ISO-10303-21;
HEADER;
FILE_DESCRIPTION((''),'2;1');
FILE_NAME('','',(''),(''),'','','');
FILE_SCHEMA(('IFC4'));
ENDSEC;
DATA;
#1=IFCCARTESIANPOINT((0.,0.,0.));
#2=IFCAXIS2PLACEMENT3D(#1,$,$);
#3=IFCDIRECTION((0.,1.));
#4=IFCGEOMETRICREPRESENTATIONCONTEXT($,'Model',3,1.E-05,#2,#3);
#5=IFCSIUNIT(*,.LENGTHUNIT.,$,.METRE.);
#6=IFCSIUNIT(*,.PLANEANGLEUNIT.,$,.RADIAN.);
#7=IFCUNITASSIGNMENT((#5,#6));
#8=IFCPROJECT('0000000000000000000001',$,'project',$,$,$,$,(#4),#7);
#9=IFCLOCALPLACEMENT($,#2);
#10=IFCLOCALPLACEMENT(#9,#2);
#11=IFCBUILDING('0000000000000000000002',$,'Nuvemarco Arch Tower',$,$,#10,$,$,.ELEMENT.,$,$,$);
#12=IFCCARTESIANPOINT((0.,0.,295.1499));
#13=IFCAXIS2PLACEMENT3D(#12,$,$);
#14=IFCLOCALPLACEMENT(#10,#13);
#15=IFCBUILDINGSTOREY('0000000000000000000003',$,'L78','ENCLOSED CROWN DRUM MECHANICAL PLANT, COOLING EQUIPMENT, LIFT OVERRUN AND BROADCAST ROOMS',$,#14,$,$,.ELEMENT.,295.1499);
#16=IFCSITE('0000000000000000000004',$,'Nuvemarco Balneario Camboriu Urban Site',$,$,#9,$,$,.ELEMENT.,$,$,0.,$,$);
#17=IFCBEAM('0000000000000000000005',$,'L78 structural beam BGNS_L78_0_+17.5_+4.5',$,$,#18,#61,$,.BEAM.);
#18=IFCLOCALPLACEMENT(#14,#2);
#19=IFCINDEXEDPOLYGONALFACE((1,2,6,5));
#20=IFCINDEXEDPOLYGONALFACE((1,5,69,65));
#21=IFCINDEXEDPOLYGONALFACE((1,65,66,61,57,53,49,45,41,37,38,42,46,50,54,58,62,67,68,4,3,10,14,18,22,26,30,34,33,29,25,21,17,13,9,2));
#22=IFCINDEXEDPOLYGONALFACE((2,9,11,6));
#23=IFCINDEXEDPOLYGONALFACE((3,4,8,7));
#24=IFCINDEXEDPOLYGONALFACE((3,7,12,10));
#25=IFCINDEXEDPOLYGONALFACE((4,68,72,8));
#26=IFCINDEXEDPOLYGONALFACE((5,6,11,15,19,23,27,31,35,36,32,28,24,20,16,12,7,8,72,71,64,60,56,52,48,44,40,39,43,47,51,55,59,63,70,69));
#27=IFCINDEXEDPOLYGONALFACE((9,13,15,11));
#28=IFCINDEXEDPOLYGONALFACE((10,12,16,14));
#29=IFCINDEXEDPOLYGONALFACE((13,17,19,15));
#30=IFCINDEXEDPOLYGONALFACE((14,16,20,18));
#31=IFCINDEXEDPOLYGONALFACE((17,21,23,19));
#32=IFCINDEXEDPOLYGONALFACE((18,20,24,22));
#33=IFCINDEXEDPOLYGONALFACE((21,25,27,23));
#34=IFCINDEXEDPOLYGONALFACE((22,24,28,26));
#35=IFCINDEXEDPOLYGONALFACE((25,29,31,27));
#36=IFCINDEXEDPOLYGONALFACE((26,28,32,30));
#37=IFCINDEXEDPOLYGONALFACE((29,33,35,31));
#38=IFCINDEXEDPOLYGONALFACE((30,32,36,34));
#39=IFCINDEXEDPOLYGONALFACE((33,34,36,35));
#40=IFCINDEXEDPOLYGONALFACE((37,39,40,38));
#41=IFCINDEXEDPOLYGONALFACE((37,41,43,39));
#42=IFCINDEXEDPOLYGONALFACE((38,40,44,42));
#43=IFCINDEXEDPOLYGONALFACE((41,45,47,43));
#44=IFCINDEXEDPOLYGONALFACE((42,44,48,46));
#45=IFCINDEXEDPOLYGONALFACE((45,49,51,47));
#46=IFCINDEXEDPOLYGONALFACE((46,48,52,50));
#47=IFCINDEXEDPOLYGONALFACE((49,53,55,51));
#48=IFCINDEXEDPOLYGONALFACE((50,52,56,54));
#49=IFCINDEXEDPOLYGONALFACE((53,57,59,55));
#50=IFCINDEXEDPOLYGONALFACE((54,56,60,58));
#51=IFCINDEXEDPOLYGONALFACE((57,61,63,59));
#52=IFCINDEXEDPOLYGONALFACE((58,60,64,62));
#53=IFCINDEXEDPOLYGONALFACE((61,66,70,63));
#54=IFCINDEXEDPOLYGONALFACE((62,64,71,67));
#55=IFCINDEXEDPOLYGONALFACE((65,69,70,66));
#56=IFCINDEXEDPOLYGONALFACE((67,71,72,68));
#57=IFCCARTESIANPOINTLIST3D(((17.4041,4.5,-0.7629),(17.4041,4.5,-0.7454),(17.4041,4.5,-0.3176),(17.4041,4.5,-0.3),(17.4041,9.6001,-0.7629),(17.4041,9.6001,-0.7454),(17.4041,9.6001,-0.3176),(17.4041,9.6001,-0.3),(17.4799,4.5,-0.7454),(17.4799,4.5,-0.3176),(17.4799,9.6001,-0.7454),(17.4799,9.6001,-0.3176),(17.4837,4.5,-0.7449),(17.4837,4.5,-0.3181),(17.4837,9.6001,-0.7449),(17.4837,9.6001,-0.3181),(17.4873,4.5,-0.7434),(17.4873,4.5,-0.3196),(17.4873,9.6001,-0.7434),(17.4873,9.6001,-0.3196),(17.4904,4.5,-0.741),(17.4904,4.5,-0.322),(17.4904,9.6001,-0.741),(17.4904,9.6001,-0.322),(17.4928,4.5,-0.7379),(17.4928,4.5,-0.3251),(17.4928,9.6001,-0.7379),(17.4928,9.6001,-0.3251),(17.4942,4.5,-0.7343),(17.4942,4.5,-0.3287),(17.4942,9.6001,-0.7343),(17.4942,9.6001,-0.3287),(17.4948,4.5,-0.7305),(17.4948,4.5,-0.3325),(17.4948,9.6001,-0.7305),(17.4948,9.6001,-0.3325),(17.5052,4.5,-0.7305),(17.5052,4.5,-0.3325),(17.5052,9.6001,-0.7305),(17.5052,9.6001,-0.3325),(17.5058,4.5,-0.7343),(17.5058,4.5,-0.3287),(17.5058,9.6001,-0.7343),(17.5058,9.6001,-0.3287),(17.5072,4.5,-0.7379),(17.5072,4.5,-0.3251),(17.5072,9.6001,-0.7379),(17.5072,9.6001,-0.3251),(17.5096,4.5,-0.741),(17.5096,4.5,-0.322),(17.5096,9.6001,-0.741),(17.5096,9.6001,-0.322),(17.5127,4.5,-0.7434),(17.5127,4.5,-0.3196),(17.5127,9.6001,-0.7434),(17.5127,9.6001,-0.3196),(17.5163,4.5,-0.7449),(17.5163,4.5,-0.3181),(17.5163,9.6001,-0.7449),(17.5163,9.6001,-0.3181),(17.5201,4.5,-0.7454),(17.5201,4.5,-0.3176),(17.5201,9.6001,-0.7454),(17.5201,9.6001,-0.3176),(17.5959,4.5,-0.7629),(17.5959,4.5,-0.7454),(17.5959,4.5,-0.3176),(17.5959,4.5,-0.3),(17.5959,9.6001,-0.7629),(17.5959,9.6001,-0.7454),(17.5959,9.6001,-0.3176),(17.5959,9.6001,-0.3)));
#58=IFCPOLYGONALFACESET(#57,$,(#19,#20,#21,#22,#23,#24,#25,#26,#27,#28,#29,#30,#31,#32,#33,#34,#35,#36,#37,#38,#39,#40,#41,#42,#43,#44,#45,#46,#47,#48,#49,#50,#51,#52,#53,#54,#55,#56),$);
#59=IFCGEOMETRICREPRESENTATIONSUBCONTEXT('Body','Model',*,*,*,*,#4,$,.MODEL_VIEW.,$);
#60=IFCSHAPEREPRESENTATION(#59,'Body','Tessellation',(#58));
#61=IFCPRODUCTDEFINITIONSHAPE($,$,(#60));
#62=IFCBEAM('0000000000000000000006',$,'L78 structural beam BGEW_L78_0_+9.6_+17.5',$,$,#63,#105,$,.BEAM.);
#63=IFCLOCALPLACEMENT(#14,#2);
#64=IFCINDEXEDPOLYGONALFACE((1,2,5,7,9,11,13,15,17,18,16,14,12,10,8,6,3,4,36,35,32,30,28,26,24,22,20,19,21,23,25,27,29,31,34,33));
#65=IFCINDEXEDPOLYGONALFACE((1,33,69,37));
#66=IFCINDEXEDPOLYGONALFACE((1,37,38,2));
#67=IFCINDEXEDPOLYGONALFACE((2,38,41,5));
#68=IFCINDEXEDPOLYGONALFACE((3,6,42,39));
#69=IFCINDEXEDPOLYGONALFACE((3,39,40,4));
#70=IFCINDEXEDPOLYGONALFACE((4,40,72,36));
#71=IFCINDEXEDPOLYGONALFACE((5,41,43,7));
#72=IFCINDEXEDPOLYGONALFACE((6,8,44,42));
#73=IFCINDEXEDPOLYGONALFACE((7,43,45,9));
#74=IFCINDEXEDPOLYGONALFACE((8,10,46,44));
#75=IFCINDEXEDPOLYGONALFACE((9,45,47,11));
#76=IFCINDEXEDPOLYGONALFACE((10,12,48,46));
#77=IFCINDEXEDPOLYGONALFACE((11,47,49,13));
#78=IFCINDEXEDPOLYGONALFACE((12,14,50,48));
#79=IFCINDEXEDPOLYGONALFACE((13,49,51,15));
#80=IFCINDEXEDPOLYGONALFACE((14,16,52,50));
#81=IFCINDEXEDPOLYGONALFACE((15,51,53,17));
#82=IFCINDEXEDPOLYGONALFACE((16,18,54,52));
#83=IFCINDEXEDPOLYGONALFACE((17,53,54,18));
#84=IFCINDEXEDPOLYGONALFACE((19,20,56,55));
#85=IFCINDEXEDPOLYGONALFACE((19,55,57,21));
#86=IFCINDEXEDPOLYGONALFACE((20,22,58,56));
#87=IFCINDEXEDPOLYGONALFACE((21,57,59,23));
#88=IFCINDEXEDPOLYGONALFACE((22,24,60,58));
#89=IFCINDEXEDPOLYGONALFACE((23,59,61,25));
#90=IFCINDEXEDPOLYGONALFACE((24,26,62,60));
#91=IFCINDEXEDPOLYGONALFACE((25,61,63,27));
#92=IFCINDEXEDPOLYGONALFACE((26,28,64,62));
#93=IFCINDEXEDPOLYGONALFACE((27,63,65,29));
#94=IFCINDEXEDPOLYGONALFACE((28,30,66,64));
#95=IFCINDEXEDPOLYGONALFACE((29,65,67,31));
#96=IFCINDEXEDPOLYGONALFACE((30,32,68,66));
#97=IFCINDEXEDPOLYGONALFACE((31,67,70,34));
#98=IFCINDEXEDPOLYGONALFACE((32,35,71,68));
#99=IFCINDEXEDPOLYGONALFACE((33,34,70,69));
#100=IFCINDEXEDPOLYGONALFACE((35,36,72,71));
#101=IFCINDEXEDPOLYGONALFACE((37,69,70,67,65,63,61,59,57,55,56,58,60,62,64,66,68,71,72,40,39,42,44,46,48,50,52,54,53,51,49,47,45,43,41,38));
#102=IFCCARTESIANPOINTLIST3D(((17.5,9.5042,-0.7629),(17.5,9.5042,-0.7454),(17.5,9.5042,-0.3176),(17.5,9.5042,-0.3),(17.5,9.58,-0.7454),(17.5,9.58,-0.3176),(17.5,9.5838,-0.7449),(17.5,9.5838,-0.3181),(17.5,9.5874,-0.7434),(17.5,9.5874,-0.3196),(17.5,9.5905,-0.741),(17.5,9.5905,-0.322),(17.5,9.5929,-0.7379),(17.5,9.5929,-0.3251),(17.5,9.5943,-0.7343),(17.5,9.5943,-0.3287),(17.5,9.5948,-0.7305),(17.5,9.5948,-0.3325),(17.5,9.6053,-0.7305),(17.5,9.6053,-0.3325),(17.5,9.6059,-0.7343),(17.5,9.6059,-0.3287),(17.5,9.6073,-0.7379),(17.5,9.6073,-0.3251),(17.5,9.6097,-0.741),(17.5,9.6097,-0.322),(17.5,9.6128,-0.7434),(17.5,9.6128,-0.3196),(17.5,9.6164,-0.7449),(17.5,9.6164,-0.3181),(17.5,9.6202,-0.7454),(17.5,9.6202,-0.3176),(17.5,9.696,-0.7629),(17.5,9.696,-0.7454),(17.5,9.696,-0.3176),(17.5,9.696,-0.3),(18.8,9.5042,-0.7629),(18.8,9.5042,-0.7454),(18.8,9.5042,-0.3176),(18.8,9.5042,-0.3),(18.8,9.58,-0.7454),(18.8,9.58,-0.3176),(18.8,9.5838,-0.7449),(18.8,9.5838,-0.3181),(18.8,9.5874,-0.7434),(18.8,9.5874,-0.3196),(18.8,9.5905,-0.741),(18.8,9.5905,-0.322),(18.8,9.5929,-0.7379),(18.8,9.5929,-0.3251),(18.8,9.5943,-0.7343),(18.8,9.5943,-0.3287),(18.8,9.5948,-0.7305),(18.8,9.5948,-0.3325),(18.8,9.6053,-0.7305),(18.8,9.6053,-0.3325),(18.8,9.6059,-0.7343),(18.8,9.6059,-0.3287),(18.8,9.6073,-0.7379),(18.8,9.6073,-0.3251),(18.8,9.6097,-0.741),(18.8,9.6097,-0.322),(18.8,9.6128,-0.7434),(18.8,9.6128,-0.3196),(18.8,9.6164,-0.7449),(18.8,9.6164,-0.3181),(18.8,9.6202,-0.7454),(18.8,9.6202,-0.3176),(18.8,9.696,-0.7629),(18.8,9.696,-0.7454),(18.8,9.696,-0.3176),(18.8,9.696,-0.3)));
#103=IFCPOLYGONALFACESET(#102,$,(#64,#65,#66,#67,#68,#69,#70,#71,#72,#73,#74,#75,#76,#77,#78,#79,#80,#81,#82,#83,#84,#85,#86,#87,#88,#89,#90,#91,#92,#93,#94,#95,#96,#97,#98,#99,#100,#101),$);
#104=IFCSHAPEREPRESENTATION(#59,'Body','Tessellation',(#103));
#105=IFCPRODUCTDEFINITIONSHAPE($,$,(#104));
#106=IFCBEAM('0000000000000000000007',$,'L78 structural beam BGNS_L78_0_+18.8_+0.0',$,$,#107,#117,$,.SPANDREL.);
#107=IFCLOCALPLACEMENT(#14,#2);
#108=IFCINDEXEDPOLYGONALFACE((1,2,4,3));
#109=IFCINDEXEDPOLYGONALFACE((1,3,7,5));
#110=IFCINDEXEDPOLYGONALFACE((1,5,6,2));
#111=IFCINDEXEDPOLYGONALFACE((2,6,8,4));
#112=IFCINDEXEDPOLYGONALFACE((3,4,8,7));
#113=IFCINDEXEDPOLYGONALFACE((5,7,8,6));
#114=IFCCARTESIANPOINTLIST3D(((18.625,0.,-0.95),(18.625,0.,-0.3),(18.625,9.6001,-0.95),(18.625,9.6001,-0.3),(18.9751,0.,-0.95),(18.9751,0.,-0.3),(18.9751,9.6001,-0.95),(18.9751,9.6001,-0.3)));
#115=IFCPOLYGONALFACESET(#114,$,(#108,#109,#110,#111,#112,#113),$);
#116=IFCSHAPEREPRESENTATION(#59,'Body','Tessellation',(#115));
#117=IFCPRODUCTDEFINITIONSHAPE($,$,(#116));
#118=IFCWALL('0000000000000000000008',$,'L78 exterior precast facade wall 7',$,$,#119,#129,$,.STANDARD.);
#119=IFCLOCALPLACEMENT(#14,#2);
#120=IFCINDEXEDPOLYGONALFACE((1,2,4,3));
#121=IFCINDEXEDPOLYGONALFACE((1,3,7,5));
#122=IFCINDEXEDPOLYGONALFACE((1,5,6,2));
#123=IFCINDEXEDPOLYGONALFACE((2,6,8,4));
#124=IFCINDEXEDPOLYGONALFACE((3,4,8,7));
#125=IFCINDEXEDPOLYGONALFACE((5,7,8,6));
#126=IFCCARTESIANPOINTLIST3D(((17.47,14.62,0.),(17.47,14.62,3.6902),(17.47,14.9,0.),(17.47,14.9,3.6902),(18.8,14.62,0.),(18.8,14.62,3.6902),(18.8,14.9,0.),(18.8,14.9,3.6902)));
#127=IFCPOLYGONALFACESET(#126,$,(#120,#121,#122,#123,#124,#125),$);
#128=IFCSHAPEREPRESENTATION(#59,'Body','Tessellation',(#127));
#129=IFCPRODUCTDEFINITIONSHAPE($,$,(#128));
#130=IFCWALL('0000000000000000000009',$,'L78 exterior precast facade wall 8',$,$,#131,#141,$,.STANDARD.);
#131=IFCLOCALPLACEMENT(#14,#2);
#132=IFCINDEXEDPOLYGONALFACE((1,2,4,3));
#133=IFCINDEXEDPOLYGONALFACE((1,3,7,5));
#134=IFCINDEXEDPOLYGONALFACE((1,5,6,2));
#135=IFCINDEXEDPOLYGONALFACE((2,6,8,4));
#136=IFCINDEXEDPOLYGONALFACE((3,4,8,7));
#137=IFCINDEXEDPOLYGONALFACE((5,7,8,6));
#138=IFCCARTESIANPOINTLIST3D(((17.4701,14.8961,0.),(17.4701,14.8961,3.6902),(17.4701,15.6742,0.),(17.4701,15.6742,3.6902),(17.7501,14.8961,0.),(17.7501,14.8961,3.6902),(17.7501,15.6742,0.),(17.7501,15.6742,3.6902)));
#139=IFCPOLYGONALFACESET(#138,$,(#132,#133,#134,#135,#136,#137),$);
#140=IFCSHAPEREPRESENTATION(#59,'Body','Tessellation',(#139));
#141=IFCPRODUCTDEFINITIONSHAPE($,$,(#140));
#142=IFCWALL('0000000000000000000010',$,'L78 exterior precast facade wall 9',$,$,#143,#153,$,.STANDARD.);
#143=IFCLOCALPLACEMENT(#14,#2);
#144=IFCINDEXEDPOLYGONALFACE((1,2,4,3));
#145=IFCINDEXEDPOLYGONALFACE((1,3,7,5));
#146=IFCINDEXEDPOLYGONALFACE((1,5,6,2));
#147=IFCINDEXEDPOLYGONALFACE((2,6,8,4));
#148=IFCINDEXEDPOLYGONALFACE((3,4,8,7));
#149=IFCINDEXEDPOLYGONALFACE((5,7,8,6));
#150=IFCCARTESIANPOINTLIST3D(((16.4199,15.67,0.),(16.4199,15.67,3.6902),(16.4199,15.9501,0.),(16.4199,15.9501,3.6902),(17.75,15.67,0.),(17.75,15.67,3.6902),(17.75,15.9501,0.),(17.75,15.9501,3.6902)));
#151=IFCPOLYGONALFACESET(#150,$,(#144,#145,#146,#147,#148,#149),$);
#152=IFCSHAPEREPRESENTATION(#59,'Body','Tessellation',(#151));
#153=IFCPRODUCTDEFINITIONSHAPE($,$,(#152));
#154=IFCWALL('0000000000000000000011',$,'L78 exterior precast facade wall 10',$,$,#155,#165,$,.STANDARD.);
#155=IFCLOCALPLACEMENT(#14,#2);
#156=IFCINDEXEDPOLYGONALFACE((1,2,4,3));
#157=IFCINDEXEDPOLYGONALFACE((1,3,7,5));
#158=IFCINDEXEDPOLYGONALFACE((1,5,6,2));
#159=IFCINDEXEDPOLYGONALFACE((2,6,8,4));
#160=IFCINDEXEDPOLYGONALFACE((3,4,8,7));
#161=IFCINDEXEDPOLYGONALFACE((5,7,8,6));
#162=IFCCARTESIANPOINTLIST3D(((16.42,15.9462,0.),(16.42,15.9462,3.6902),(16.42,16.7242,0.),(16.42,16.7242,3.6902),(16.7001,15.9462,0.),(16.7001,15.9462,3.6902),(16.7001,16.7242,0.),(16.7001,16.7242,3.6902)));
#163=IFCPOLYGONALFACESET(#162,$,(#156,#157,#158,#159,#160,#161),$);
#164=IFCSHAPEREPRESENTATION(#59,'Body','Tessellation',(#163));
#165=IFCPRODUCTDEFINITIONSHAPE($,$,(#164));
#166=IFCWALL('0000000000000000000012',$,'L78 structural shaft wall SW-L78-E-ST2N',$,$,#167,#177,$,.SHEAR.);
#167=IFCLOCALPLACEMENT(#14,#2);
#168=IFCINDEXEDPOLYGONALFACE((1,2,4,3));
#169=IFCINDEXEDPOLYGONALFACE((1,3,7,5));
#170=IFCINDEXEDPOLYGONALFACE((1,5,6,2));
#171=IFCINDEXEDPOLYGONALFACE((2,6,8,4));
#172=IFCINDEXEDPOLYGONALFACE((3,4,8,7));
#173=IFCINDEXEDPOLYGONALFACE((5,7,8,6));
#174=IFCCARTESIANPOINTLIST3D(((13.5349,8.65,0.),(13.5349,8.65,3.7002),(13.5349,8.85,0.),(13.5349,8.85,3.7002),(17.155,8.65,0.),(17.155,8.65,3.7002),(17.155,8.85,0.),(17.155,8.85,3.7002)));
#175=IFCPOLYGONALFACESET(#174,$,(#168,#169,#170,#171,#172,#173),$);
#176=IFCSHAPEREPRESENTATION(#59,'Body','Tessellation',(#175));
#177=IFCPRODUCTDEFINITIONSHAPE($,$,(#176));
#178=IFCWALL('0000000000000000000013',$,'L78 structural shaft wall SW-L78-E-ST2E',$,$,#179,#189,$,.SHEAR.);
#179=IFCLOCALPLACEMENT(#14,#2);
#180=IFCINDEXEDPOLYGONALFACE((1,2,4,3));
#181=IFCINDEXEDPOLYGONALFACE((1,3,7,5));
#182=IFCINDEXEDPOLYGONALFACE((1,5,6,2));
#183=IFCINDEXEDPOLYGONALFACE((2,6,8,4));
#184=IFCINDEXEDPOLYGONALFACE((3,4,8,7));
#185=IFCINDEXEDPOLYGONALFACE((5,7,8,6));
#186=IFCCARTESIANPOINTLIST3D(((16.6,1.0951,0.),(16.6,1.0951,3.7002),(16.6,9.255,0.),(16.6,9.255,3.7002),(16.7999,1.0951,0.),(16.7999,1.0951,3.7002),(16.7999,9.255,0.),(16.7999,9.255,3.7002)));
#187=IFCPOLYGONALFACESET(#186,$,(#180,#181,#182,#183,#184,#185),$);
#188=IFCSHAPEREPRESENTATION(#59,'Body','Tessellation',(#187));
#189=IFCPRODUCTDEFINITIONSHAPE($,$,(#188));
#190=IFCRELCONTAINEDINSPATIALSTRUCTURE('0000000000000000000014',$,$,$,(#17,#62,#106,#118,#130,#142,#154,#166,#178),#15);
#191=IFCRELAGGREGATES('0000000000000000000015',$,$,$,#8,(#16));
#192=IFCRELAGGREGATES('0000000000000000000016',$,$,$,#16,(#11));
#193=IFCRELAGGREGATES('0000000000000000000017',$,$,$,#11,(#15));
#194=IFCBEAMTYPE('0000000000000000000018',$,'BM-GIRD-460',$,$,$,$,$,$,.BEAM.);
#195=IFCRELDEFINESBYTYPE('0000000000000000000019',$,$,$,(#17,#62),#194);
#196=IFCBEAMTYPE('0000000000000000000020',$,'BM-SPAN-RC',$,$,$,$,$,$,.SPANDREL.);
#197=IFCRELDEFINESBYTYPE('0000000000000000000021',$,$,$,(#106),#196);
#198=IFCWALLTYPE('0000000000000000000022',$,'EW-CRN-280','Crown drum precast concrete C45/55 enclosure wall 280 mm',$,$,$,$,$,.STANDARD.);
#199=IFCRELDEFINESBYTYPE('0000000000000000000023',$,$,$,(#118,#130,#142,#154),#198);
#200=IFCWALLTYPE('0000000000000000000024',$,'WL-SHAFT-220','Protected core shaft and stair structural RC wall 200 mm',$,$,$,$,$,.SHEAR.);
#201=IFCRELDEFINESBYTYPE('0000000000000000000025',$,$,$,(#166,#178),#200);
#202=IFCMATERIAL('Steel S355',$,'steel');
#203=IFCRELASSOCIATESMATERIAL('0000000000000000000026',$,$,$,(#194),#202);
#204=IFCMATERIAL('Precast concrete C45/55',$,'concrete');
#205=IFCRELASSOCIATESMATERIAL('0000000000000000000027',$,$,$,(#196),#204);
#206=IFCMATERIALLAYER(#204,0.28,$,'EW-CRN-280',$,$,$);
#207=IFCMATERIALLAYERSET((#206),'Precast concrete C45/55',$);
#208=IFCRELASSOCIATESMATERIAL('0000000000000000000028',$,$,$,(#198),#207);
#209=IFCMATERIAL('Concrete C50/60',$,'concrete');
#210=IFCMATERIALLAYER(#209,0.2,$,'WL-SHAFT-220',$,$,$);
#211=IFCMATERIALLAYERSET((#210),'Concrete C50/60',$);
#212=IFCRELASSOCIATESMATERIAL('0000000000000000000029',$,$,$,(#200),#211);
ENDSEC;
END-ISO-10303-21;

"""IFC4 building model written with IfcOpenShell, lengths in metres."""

from ifc_helpers import new_model, si_unit, direction, frame, frame_2d, origin, origin_2d, place, context, subcontext, project, spatial, rectangle, i_section, extrude, material, layer, layer_set, material_profile, profile_set, type_object, element, save


model = new_model("IFC4")

# Units and contexts
model_context = context("Model", 3, precision=1e-05, world=origin(), true_north=direction((0.0, 1.0)))
body_context = subcontext(model_context, "Body", "Model", "MODEL_VIEW")
ifc_project = project(units=[si_unit("LENGTHUNIT", "METRE"), si_unit("PLANEANGLEUNIT", "RADIAN")], contexts=[model_context])

# Site, building, storey
site_placement = place(None, origin())
site = spatial("IfcSite", under=ifc_project, at=site_placement, Name="Nuvemarco Balneario Camboriu Urban Site", CompositionType="ELEMENT", RefElevation=0.0)
building_placement = place(site_placement, origin())
building = spatial("IfcBuilding", under=site, at=building_placement, Name="Nuvemarco Arch Tower", CompositionType="ELEMENT")
storey_placement = place(building_placement, frame((0.0, 0.0, 295.1499)))
storey = spatial("IfcBuildingStorey", under=building, at=storey_placement, Name="L78", Description="ENCLOSED CROWN DRUM MECHANICAL PLANT, COOLING EQUIPMENT, LIFT OVERRUN AND BROADCAST ROOMS", CompositionType="ELEMENT", Elevation=295.1499)

# Shared definitions
ifc_material_1 = material(Name="Concrete C50/60", Category="concrete")
ifc_material_2 = material(Name="Steel S355", Category="steel")

# Beams
ifc_material_profile_1 = material_profile(ifc_material_2, i_section(OverallWidth=0.1919, OverallDepth=0.4629, WebThickness=0.0105, FlangeThickness=0.0176, FilletRadius=0.0149, at=origin_2d()), Name="W460x89")
ifc_profile_set_1 = profile_set([ifc_material_profile_1], Name="Steel S355")
beam_type_1 = type_object("IfcBeamType", Name="BM-GIRD-460", PredefinedType="BEAM", material=ifc_profile_set_1)
beam_1_placement = place(storey_placement, frame((17.5, 4.5, -0.5315), z_axis=(0.0, 1.0, 0.0), x_axis=(-1.0, 0.0, 0.0)))
element("IfcBeam", 1, at=beam_1_placement, inside=storey, type_object=beam_type_1, Name="L78 structural beam BGNS_L78_0_+17.5_+4.5", PredefinedType="BEAM", context=body_context, shape_type="SweptSolid", body=[
    extrude(i_section(OverallWidth=0.1919, OverallDepth=0.4629, WebThickness=0.0105, FlangeThickness=0.0176, FilletRadius=0.0149, at=origin_2d()), origin(), (0.0, 0.0, 1.0), 5.1001),
])
beam_2_placement = place(storey_placement, frame((17.5, 9.6001, -0.5315), z_axis=(1.0, 0.0, 0.0), x_axis=(0.0, 1.0, 0.0)))
element("IfcBeam", 2, at=beam_2_placement, inside=storey, type_object=beam_type_1, Name="L78 structural beam BGEW_L78_0_+9.6_+17.5", PredefinedType="BEAM", context=body_context, shape_type="SweptSolid", body=[
    extrude(i_section(OverallWidth=0.1919, OverallDepth=0.4629, WebThickness=0.0105, FlangeThickness=0.0176, FilletRadius=0.0149, at=origin_2d()), origin(), (0.0, 0.0, 1.0), 1.3),
])
ifc_material_3 = material(Name="Precast concrete C45/55", Category="concrete")
ifc_material_profile_2 = material_profile(ifc_material_3, rectangle(XDim=0.3501, YDim=0.6499, at=origin_2d()), Name="PC-SP-350x650")
ifc_profile_set_2 = profile_set([ifc_material_profile_2], Name="Precast concrete C45/55")
beam_type_2 = type_object("IfcBeamType", Name="BM-SPAN-RC", PredefinedType="SPANDREL", material=ifc_profile_set_2)
beam_3_placement = place(storey_placement, frame((18.8, 0.0, -0.625), z_axis=(0.0, 1.0, 0.0), x_axis=(-1.0, 0.0, 0.0)))
element("IfcBeam", 3, at=beam_3_placement, inside=storey, type_object=beam_type_2, Name="L78 structural beam BGNS_L78_0_+18.8_+0.0", PredefinedType="SPANDREL", context=body_context, shape_type="SweptSolid", body=[
    extrude(rectangle(XDim=0.3501, YDim=0.6499, at=origin_2d()), origin(), (0.0, 0.0, 1.0), 9.6001),
])

# Walls
ifc_layer_1 = layer(ifc_material_3, 0.28, Name="EW-CRN-280")
ifc_layer_set_1 = layer_set([ifc_layer_1], Name="Precast concrete C45/55")
wall_type_1 = type_object("IfcWallType", Name="EW-CRN-280", Description="Crown drum precast concrete C45/55 enclosure wall 280 mm", PredefinedType="STANDARD", material=ifc_layer_set_1)
wall_1_placement = place(storey_placement, frame((17.47, 14.76, 0.0), z_axis=(0.0, 0.0, 1.0), x_axis=(1.0, 0.0, 0.0)))
element("IfcWall", 4, at=wall_1_placement, inside=storey, type_object=wall_type_1, Name="L78 exterior precast facade wall 7", PredefinedType="STANDARD", context=body_context, shape_type="SweptSolid", body=[
    extrude(rectangle(XDim=1.3301, YDim=0.28, at=frame_2d((0.665, 0.0))), origin(), (0.0, 0.0, 1.0), 3.6902),
])
wall_2_placement = place(storey_placement, frame((17.6101, 14.896, 0.0), z_axis=(0.0, 0.0, 1.0), x_axis=(0.0, 1.0, 0.0)))
element("IfcWall", 5, at=wall_2_placement, inside=storey, type_object=wall_type_1, Name="L78 exterior precast facade wall 8", PredefinedType="STANDARD", context=body_context, shape_type="SweptSolid", body=[
    extrude(rectangle(XDim=0.7781, YDim=0.28, at=frame_2d((0.3892, 0.0))), origin(), (0.0, 0.0, 1.0), 3.6902),
])
wall_3_placement = place(storey_placement, frame((16.4199, 15.8101, 0.0), z_axis=(0.0, 0.0, 1.0), x_axis=(1.0, 0.0, 0.0)))
element("IfcWall", 6, at=wall_3_placement, inside=storey, type_object=wall_type_1, Name="L78 exterior precast facade wall 9", PredefinedType="STANDARD", context=body_context, shape_type="SweptSolid", body=[
    extrude(rectangle(XDim=1.3301, YDim=0.28, at=frame_2d((0.665, 0.0))), origin(), (0.0, 0.0, 1.0), 3.6902),
])
wall_4_placement = place(storey_placement, frame((16.5601, 15.946, 0.0), z_axis=(0.0, 0.0, 1.0), x_axis=(0.0, 1.0, 0.0)))
element("IfcWall", 7, at=wall_4_placement, inside=storey, type_object=wall_type_1, Name="L78 exterior precast facade wall 10", PredefinedType="STANDARD", context=body_context, shape_type="SweptSolid", body=[
    extrude(rectangle(XDim=0.7781, YDim=0.28, at=frame_2d((0.3892, 0.0))), origin(), (0.0, 0.0, 1.0), 3.6902),
])
ifc_layer_2 = layer(ifc_material_1, 0.2, Name="WL-SHAFT-220")
ifc_layer_set_2 = layer_set([ifc_layer_2], Name="Concrete C50/60")
wall_type_2 = type_object("IfcWallType", Name="WL-SHAFT-220", Description="Protected core shaft and stair structural RC wall 200 mm", PredefinedType="SHEAR", material=ifc_layer_set_2)
wall_5_placement = place(storey_placement, frame((13.5349, 8.75, 0.0), z_axis=(0.0, 0.0, 1.0), x_axis=(1.0, 0.0, 0.0)))
element("IfcWall", 8, at=wall_5_placement, inside=storey, type_object=wall_type_2, Name="L78 structural shaft wall SW-L78-E-ST2N", PredefinedType="SHEAR", context=body_context, shape_type="SweptSolid", body=[
    extrude(rectangle(XDim=3.6201, YDim=0.2, at=frame_2d((1.8101, 0.0))), origin(), (0.0, 0.0, 1.0), 3.7002),
])
wall_6_placement = place(storey_placement, frame((16.7, 1.095, 0.0), z_axis=(0.0, 0.0, 1.0), x_axis=(0.0, 1.0, 0.0)))
element("IfcWall", 9, at=wall_6_placement, inside=storey, type_object=wall_type_2, Name="L78 structural shaft wall SW-L78-E-ST2E", PredefinedType="SHEAR", context=body_context, shape_type="SweptSolid", body=[
    extrude(rectangle(XDim=8.1599, YDim=0.2, at=frame_2d((4.0801, 0.0))), origin(), (0.0, 0.0, 1.0), 3.7002),
])

save(model, "model.ifc")
